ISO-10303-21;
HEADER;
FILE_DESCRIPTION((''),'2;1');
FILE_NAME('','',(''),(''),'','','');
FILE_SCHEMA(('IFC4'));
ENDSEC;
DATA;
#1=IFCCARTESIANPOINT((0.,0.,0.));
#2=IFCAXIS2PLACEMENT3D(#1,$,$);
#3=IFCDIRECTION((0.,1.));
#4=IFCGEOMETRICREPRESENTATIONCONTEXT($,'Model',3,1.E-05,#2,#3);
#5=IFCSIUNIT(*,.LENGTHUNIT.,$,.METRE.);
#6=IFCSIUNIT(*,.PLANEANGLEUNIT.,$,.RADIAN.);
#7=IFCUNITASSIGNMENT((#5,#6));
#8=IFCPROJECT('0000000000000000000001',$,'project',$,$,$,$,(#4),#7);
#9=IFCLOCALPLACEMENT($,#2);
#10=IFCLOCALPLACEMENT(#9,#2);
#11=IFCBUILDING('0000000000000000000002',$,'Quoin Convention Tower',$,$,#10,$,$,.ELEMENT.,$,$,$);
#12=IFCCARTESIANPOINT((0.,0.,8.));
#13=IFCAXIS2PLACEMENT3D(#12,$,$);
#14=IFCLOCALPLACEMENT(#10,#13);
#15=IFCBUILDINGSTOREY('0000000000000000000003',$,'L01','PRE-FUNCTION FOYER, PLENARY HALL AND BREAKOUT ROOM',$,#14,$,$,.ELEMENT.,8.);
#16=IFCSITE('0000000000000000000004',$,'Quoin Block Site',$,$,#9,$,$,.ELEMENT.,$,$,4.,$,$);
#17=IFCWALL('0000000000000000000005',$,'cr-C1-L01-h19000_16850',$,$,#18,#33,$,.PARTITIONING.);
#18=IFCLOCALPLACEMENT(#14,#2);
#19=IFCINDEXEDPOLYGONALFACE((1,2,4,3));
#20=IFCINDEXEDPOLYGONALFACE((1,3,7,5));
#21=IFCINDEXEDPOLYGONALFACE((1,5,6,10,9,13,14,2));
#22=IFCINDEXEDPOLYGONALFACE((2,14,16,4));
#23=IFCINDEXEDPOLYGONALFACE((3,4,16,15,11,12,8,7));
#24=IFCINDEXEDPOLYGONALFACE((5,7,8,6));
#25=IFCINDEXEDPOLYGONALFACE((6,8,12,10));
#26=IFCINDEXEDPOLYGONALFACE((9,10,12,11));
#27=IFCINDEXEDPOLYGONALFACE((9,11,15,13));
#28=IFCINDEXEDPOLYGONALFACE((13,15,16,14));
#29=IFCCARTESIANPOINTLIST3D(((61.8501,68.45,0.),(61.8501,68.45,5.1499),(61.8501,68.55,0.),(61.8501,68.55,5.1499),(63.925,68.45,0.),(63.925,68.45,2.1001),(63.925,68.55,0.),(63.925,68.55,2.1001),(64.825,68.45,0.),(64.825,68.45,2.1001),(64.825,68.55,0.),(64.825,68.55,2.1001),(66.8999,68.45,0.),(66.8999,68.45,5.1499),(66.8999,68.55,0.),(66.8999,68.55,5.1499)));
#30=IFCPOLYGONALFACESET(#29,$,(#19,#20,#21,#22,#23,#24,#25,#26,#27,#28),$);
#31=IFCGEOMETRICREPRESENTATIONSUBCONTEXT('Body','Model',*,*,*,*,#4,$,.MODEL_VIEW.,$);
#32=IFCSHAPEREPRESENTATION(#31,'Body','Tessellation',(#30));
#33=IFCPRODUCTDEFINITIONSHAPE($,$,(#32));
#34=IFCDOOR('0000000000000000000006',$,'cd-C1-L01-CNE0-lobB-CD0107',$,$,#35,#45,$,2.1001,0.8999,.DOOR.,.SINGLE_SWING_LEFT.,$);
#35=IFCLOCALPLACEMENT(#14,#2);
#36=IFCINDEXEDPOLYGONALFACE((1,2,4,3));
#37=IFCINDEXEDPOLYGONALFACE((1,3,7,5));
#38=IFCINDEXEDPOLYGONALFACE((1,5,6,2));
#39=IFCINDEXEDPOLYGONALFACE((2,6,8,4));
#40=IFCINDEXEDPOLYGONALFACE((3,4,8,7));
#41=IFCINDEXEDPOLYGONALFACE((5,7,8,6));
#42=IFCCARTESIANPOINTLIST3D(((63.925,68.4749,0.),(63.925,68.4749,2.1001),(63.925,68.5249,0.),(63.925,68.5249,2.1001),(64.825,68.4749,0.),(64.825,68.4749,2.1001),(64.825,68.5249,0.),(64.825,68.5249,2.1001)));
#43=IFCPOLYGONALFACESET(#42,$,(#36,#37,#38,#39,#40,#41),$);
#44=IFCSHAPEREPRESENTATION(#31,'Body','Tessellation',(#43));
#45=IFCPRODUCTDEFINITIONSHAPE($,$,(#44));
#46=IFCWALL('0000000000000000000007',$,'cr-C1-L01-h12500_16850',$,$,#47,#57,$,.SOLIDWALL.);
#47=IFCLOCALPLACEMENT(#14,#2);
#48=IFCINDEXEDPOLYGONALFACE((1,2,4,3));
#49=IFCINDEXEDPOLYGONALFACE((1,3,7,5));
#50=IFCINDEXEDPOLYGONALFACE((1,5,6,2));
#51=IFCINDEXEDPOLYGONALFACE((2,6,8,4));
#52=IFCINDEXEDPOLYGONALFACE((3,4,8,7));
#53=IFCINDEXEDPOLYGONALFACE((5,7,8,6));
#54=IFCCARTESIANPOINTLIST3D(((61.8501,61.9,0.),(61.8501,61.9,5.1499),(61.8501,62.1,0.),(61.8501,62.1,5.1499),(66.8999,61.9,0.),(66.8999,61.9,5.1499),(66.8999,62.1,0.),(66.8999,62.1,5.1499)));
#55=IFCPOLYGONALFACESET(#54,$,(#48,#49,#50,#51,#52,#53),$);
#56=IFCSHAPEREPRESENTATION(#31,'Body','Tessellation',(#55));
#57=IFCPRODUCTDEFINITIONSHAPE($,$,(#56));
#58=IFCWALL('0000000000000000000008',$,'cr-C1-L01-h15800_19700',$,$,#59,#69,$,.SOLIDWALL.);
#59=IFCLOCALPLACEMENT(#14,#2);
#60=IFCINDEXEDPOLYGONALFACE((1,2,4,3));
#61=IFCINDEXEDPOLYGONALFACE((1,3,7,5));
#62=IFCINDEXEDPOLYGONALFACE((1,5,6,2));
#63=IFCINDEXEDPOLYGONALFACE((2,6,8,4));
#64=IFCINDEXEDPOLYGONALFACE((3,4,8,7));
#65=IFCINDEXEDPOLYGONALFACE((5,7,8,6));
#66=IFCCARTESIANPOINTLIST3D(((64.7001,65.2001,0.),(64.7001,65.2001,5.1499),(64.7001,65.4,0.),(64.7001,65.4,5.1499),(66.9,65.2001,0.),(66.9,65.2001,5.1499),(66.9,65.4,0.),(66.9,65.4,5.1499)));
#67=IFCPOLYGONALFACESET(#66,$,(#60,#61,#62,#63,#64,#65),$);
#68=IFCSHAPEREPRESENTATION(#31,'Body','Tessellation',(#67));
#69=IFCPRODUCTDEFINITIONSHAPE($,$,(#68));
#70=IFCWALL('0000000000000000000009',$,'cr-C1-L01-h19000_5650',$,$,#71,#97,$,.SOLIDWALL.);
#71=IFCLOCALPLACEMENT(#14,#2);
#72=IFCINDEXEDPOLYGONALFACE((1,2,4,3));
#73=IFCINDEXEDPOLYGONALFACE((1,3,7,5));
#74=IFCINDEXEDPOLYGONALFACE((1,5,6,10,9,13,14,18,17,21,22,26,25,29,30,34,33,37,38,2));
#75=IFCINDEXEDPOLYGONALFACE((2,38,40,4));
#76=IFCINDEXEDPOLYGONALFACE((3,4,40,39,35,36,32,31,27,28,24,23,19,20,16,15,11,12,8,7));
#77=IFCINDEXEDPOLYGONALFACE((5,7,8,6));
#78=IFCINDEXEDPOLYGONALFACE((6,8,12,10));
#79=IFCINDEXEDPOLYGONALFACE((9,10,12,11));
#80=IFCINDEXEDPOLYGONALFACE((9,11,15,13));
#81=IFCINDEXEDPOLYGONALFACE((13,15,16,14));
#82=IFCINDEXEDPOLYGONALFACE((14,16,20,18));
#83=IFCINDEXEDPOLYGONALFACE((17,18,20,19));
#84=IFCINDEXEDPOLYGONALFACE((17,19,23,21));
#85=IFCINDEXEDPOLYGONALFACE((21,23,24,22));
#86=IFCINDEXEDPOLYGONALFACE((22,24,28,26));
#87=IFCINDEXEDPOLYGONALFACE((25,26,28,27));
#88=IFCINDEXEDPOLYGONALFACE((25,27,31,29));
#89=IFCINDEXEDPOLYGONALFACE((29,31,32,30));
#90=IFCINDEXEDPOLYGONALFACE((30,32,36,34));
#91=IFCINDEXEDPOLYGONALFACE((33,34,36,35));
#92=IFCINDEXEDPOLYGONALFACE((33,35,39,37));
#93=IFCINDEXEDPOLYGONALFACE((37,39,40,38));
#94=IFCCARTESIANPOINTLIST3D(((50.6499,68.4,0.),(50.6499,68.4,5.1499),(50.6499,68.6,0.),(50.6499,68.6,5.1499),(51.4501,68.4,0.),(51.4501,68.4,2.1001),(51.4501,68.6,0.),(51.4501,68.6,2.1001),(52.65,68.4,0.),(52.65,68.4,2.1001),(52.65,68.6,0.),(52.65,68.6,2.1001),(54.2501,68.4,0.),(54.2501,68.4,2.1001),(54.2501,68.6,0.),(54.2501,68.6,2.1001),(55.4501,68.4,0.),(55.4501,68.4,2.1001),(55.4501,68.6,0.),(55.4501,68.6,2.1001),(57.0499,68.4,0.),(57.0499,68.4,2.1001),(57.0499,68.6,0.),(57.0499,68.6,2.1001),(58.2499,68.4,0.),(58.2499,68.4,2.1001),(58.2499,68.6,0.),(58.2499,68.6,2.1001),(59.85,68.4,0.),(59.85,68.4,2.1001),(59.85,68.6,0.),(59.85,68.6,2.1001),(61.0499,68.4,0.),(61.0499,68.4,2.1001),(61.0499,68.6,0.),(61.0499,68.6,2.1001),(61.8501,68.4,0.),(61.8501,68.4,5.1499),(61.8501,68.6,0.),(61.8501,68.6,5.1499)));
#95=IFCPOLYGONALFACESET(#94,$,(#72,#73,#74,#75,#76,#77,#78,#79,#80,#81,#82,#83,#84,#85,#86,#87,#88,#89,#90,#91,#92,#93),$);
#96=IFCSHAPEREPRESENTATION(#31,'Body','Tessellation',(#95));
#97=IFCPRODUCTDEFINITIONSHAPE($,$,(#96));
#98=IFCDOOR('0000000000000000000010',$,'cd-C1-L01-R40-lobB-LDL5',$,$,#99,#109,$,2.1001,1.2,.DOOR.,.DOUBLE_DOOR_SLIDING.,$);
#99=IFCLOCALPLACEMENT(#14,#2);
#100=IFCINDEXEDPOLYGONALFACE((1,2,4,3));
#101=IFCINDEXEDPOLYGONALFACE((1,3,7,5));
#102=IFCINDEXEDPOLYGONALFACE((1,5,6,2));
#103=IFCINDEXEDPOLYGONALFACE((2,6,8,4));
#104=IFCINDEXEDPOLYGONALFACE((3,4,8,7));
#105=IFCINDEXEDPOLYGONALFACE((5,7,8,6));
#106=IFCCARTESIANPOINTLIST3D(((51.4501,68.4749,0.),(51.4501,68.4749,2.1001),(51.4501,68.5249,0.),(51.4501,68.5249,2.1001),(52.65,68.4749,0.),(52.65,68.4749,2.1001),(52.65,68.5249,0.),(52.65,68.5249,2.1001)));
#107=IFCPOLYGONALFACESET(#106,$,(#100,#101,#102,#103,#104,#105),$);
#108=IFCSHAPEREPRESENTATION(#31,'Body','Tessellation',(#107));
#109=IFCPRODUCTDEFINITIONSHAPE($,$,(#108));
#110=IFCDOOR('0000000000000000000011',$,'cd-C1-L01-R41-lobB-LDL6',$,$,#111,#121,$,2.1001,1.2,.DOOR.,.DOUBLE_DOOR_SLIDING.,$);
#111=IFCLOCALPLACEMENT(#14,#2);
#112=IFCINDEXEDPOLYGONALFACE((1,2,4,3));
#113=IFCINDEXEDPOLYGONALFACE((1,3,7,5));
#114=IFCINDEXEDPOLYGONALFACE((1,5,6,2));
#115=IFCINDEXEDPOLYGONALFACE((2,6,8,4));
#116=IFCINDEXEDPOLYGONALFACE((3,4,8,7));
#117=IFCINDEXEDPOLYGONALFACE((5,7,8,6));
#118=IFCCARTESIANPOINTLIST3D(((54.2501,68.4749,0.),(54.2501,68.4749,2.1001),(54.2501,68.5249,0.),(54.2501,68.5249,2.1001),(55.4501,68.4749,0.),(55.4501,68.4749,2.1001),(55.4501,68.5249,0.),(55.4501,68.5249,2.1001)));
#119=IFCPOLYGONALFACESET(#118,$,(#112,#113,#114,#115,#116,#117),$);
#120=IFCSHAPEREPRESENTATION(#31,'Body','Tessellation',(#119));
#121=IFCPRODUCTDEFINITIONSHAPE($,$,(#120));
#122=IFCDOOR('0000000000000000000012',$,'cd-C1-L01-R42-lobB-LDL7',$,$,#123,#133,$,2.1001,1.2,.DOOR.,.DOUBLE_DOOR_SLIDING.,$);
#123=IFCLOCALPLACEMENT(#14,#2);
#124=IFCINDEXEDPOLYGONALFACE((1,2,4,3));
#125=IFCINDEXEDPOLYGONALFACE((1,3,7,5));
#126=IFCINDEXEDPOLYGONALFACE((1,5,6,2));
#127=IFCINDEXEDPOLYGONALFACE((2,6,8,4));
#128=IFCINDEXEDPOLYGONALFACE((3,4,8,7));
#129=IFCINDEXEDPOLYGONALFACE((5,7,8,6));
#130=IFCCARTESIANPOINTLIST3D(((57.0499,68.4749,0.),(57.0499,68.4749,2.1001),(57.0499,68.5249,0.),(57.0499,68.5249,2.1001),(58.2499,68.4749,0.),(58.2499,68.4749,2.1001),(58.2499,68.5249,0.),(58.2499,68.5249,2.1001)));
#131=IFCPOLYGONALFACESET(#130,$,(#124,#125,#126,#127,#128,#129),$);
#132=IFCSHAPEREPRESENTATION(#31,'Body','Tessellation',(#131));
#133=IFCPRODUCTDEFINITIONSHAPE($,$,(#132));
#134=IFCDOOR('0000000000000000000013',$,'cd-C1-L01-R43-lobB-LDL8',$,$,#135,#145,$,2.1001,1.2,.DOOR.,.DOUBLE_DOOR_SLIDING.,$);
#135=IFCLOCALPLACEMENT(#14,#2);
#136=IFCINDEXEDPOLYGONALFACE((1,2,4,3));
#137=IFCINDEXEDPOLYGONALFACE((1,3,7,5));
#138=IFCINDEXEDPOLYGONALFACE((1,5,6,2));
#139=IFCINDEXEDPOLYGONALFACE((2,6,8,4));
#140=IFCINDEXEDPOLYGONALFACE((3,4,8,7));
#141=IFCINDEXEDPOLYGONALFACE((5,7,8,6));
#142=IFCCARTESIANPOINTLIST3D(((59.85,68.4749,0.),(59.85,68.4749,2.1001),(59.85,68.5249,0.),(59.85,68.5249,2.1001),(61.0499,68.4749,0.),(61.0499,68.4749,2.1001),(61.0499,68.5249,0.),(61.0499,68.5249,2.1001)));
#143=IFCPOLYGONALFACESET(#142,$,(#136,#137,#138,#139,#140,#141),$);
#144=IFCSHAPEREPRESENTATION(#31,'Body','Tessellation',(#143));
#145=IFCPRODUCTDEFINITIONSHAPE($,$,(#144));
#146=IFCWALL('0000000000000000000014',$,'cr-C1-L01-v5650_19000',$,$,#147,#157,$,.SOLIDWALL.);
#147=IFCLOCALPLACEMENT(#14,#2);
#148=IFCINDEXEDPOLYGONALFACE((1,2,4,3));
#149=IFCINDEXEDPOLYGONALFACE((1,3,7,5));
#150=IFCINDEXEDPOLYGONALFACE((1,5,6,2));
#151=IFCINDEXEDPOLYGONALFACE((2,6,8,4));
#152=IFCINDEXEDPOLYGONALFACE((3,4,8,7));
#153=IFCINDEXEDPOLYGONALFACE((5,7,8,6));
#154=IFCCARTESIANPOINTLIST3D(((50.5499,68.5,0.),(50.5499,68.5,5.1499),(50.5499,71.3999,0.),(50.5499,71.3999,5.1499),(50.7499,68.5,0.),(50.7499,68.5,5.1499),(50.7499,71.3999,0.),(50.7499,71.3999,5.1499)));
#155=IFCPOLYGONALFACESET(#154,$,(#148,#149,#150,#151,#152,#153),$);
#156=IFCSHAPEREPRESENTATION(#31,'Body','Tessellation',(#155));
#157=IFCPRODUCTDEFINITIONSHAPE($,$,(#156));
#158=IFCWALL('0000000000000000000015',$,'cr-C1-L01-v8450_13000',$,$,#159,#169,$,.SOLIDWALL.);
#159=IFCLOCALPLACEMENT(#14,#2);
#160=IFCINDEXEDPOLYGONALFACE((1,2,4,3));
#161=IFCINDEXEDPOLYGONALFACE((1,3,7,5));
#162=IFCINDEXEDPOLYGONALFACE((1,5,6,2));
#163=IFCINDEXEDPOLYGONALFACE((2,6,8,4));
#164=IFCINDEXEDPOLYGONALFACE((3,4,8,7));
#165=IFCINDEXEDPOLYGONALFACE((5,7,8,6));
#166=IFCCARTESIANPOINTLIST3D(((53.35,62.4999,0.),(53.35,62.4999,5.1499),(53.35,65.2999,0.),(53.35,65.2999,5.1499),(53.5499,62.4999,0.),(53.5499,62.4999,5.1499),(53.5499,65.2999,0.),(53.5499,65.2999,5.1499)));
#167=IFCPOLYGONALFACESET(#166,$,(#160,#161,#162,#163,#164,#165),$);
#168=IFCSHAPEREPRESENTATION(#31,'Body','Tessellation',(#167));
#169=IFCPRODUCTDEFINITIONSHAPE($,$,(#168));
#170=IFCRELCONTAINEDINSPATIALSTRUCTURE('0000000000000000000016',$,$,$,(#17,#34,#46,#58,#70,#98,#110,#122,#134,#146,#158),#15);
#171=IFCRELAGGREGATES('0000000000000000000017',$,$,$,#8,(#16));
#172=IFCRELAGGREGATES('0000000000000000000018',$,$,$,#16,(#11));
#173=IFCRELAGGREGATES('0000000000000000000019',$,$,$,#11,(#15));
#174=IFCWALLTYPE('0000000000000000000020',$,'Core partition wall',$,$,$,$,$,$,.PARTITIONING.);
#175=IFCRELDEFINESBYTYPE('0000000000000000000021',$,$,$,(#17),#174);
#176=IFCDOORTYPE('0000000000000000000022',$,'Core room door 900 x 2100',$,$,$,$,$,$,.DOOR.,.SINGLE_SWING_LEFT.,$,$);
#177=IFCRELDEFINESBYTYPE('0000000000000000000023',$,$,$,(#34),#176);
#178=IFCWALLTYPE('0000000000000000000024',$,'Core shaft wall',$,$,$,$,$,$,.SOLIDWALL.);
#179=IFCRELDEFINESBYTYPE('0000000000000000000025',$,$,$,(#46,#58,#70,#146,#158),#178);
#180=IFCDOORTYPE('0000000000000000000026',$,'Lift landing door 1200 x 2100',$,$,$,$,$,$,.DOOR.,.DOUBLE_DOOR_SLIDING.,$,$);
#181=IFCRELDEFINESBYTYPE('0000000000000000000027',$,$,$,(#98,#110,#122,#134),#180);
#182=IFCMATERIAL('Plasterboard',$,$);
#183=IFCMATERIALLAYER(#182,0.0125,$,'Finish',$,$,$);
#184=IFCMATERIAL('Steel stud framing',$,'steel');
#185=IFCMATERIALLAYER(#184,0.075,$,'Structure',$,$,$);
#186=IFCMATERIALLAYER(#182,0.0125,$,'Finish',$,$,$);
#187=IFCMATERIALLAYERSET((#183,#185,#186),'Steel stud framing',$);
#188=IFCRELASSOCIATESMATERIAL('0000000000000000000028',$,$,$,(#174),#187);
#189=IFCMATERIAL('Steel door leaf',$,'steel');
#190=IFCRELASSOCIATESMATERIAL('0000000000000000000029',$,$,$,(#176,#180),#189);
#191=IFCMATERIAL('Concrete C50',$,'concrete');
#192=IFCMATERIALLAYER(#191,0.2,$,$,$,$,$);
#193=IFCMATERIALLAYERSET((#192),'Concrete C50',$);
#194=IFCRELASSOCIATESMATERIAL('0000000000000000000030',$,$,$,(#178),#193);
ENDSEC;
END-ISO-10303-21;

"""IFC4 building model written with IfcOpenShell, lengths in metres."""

from ifc_helpers import new_model, si_unit, direction, frame, frame_2d, origin, place, context, subcontext, project, spatial, rectangle, extrude, material, layer, layer_set, type_object, element, fill, save


model = new_model("IFC4")

# Units and contexts
model_context = context("Model", 3, precision=1e-05, world=origin(), true_north=direction((0.0, 1.0)))
body_context = subcontext(model_context, "Body", "Model", "MODEL_VIEW")
ifc_project = project(units=[si_unit("LENGTHUNIT", "METRE"), si_unit("PLANEANGLEUNIT", "RADIAN")], contexts=[model_context])

# Site, building, storey
site_placement = place(None, origin())
site = spatial("IfcSite", under=ifc_project, at=site_placement, Name="Quoin Block Site", CompositionType="ELEMENT", RefElevation=4.0)
building_placement = place(site_placement, origin())
building = spatial("IfcBuilding", under=site, at=building_placement, Name="Quoin Convention Tower", CompositionType="ELEMENT")
storey_placement = place(building_placement, frame((0.0, 0.0, 8.0)))
storey = spatial("IfcBuildingStorey", under=building, at=storey_placement, Name="L01", Description="PRE-FUNCTION FOYER, PLENARY HALL AND BREAKOUT ROOM", CompositionType="ELEMENT", Elevation=8.0)

# Wall, opening, door
ifc_material_1 = material(Name="Plasterboard")
ifc_layer_1 = layer(ifc_material_1, 0.0125, Name="Finish")
ifc_material_2 = material(Name="Steel stud framing", Category="steel")
ifc_layer_2 = layer(ifc_material_2, 0.075, Name="Structure")
ifc_layer_3 = layer(ifc_material_1, 0.0125, Name="Finish")
ifc_layer_set_1 = layer_set([ifc_layer_1, ifc_layer_2, ifc_layer_3], Name="Steel stud framing")
wall_type_1 = type_object("IfcWallType", Name="Core partition wall", PredefinedType="PARTITIONING", material=ifc_layer_set_1)
wall_1_placement = place(storey_placement, frame((61.8501, 68.5, 0.0), z_axis=(0.0, 0.0, 1.0), x_axis=(1.0, 0.0, 0.0)))
wall_1 = element("IfcWall", 1, at=wall_1_placement, inside=storey, type_object=wall_type_1, Name="cr-C1-L01-h19000_16850", PredefinedType="PARTITIONING", context=body_context, shape_type="SweptSolid", body=[
    extrude(rectangle(XDim=5.0498, YDim=0.1001, at=frame_2d((2.5249, 0.0))), origin(), (0.0, 0.0, 1.0), 5.1499),
])
opening_1_placement = place(wall_1_placement, frame((2.075, 0.0, 0.0)))
opening_1 = element("IfcOpeningElement", 2, at=opening_1_placement, cuts=wall_1, PredefinedType="OPENING", context=body_context, shape_type="SweptSolid", body=[
    extrude(rectangle(XDim=0.8999, YDim=2.1001, at=frame_2d((0.45, 1.05))), frame((0.0, 0.0601, 0.0), z_axis=(0.0, -1.0, 0.0), x_axis=(1.0, 0.0, 0.0)), (0.0, 0.0, 1.0), 0.1201),
])
ifc_material_3 = material(Name="Steel door leaf", Category="steel")
door_type_1 = type_object("IfcDoorType", Name="Core room door 900 x 2100", OperationType="SINGLE_SWING_LEFT", PredefinedType="DOOR", material=ifc_material_3)
door_1_placement = place(opening_1_placement, origin())
door_1 = element("IfcDoor", 3, at=door_1_placement, inside=storey, type_object=door_type_1, Name="cd-C1-L01-CNE0-lobB-CD0107", OperationType="SINGLE_SWING_LEFT", OverallHeight=2.1001, OverallWidth=0.8999, PredefinedType="DOOR", context=body_context, shape_type="SweptSolid", body=[
    extrude(rectangle(XDim=0.8999, YDim=2.1001, at=frame_2d((0.45, 1.05))), frame((0.0, 0.0249, 0.0), z_axis=(0.0, -1.0, 0.0), x_axis=(1.0, 0.0, 0.0)), (0.0, 0.0, 1.0), 0.05),
])
fill(opening_1, door_1)

# Walls
ifc_material_4 = material(Name="Concrete C50", Category="concrete")
ifc_layer_4 = layer(ifc_material_4, 0.2)
ifc_layer_set_2 = layer_set([ifc_layer_4], Name="Concrete C50")
wall_type_2 = type_object("IfcWallType", Name="Core shaft wall", PredefinedType="SOLIDWALL", material=ifc_layer_set_2)
wall_2_placement = place(storey_placement, frame((61.8501, 62.0, 0.0), z_axis=(0.0, 0.0, 1.0), x_axis=(1.0, 0.0, 0.0)))
element("IfcWall", 4, at=wall_2_placement, inside=storey, type_object=wall_type_2, Name="cr-C1-L01-h12500_16850", PredefinedType="SOLIDWALL", context=body_context, shape_type="SweptSolid", body=[
    extrude(rectangle(XDim=5.0498, YDim=0.2, at=frame_2d((2.5249, 0.0))), origin(), (0.0, 0.0, 1.0), 5.1499),
])
wall_3_placement = place(storey_placement, frame((64.7, 65.3, 0.0), z_axis=(0.0, 0.0, 1.0), x_axis=(1.0, 0.0, 0.0)))
element("IfcWall", 5, at=wall_3_placement, inside=storey, type_object=wall_type_2, Name="cr-C1-L01-h15800_19700", PredefinedType="SOLIDWALL", context=body_context, shape_type="SweptSolid", body=[
    extrude(rectangle(XDim=2.2, YDim=0.2, at=frame_2d((1.1001, 0.0))), origin(), (0.0, 0.0, 1.0), 5.1499),
])

# Wall, openings, doors
wall_4_placement = place(storey_placement, frame((50.6499, 68.5, 0.0), z_axis=(0.0, 0.0, 1.0), x_axis=(1.0, 0.0, 0.0)))
wall_4 = element("IfcWall", 6, at=wall_4_placement, inside=storey, type_object=wall_type_2, Name="cr-C1-L01-h19000_5650", PredefinedType="SOLIDWALL", context=body_context, shape_type="SweptSolid", body=[
    extrude(rectangle(XDim=11.2002, YDim=0.2, at=frame_2d((5.6001, 0.0))), origin(), (0.0, 0.0, 1.0), 5.1499),
])
opening_2_placement = place(wall_4_placement, frame((0.8, 0.0, 0.0)))
opening_2 = element("IfcOpeningElement", 7, at=opening_2_placement, cuts=wall_4, PredefinedType="OPENING", context=body_context, shape_type="SweptSolid", body=[
    extrude(rectangle(XDim=1.2, YDim=2.1001, at=frame_2d((0.6001, 1.05))), frame((0.0, 0.1099, 0.0), z_axis=(0.0, -1.0, 0.0), x_axis=(1.0, 0.0, 0.0)), (0.0, 0.0, 1.0), 0.22),
])
opening_3_placement = place(wall_4_placement, frame((3.6001, 0.0, 0.0)))
opening_3 = element("IfcOpeningElement", 8, at=opening_3_placement, cuts=wall_4, PredefinedType="OPENING", context=body_context, shape_type="SweptSolid", body=[
    extrude(rectangle(XDim=1.2, YDim=2.1001, at=frame_2d((0.6001, 1.05))), frame((0.0, 0.1099, 0.0), z_axis=(0.0, -1.0, 0.0), x_axis=(1.0, 0.0, 0.0)), (0.0, 0.0, 1.0), 0.22),
])
opening_4_placement = place(wall_4_placement, frame((6.3999, 0.0, 0.0)))
opening_4 = element("IfcOpeningElement", 9, at=opening_4_placement, cuts=wall_4, PredefinedType="OPENING", context=body_context, shape_type="SweptSolid", body=[
    extrude(rectangle(XDim=1.2, YDim=2.1001, at=frame_2d((0.6001, 1.05))), frame((0.0, 0.1099, 0.0), z_axis=(0.0, -1.0, 0.0), x_axis=(1.0, 0.0, 0.0)), (0.0, 0.0, 1.0), 0.22),
])
opening_5_placement = place(wall_4_placement, frame((9.2, 0.0, 0.0)))
opening_5 = element("IfcOpeningElement", 10, at=opening_5_placement, cuts=wall_4, PredefinedType="OPENING", context=body_context, shape_type="SweptSolid", body=[
    extrude(rectangle(XDim=1.2, YDim=2.1001, at=frame_2d((0.6001, 1.05))), frame((0.0, 0.1099, 0.0), z_axis=(0.0, -1.0, 0.0), x_axis=(1.0, 0.0, 0.0)), (0.0, 0.0, 1.0), 0.22),
])
door_type_2 = type_object("IfcDoorType", Name="Lift landing door 1200 x 2100", OperationType="DOUBLE_DOOR_SLIDING", PredefinedType="DOOR", material=ifc_material_3)
door_2_placement = place(opening_2_placement, origin())
door_2 = element("IfcDoor", 11, at=door_2_placement, inside=storey, type_object=door_type_2, Name="cd-C1-L01-R40-lobB-LDL5", OperationType="DOUBLE_DOOR_SLIDING", OverallHeight=2.1001, OverallWidth=1.2, PredefinedType="DOOR", context=body_context, shape_type="SweptSolid", body=[
    extrude(rectangle(XDim=1.2, YDim=2.1001, at=frame_2d((0.6001, 1.05))), frame((0.0, 0.0249, 0.0), z_axis=(0.0, -1.0, 0.0), x_axis=(1.0, 0.0, 0.0)), (0.0, 0.0, 1.0), 0.05),
])
fill(opening_2, door_2)
door_3_placement = place(opening_3_placement, origin())
door_3 = element("IfcDoor", 12, at=door_3_placement, inside=storey, type_object=door_type_2, Name="cd-C1-L01-R41-lobB-LDL6", OperationType="DOUBLE_DOOR_SLIDING", OverallHeight=2.1001, OverallWidth=1.2, PredefinedType="DOOR", context=body_context, shape_type="SweptSolid", body=[
    extrude(rectangle(XDim=1.2, YDim=2.1001, at=frame_2d((0.6001, 1.05))), frame((0.0, 0.0249, 0.0), z_axis=(0.0, -1.0, 0.0), x_axis=(1.0, 0.0, 0.0)), (0.0, 0.0, 1.0), 0.05),
])
fill(opening_3, door_3)
door_4_placement = place(opening_4_placement, origin())
door_4 = element("IfcDoor", 13, at=door_4_placement, inside=storey, type_object=door_type_2, Name="cd-C1-L01-R42-lobB-LDL7", OperationType="DOUBLE_DOOR_SLIDING", OverallHeight=2.1001, OverallWidth=1.2, PredefinedType="DOOR", context=body_context, shape_type="SweptSolid", body=[
    extrude(rectangle(XDim=1.2, YDim=2.1001, at=frame_2d((0.6001, 1.05))), frame((0.0, 0.0249, 0.0), z_axis=(0.0, -1.0, 0.0), x_axis=(1.0, 0.0, 0.0)), (0.0, 0.0, 1.0), 0.05),
])
fill(opening_4, door_4)
door_5_placement = place(opening_5_placement, origin())
door_5 = element("IfcDoor", 14, at=door_5_placement, inside=storey, type_object=door_type_2, Name="cd-C1-L01-R43-lobB-LDL8", OperationType="DOUBLE_DOOR_SLIDING", OverallHeight=2.1001, OverallWidth=1.2, PredefinedType="DOOR", context=body_context, shape_type="SweptSolid", body=[
    extrude(rectangle(XDim=1.2, YDim=2.1001, at=frame_2d((0.6001, 1.05))), frame((0.0, 0.0249, 0.0), z_axis=(0.0, -1.0, 0.0), x_axis=(1.0, 0.0, 0.0)), (0.0, 0.0, 1.0), 0.05),
])
fill(opening_5, door_5)

# Walls
wall_5_placement = place(storey_placement, frame((50.6499, 68.5, 0.0), z_axis=(0.0, 0.0, 1.0), x_axis=(0.0, 1.0, 0.0)))
element("IfcWall", 15, at=wall_5_placement, inside=storey, type_object=wall_type_2, Name="cr-C1-L01-v5650_19000", PredefinedType="SOLIDWALL", context=body_context, shape_type="SweptSolid", body=[
    extrude(rectangle(XDim=2.8999, YDim=0.2, at=frame_2d((1.45, 0.0))), origin(), (0.0, 0.0, 1.0), 5.1499),
])
wall_6_placement = place(storey_placement, frame((53.45, 62.5, 0.0), z_axis=(0.0, 0.0, 1.0), x_axis=(0.0, 1.0, 0.0)))
element("IfcWall", 16, at=wall_6_placement, inside=storey, type_object=wall_type_2, Name="cr-C1-L01-v8450_13000", PredefinedType="SOLIDWALL", context=body_context, shape_type="SweptSolid", body=[
    extrude(rectangle(XDim=2.8, YDim=0.2, at=frame_2d((1.3999, 0.0))), origin(), (0.0, 0.0, 1.0), 5.1499),
])

save(model, "model.ifc")
